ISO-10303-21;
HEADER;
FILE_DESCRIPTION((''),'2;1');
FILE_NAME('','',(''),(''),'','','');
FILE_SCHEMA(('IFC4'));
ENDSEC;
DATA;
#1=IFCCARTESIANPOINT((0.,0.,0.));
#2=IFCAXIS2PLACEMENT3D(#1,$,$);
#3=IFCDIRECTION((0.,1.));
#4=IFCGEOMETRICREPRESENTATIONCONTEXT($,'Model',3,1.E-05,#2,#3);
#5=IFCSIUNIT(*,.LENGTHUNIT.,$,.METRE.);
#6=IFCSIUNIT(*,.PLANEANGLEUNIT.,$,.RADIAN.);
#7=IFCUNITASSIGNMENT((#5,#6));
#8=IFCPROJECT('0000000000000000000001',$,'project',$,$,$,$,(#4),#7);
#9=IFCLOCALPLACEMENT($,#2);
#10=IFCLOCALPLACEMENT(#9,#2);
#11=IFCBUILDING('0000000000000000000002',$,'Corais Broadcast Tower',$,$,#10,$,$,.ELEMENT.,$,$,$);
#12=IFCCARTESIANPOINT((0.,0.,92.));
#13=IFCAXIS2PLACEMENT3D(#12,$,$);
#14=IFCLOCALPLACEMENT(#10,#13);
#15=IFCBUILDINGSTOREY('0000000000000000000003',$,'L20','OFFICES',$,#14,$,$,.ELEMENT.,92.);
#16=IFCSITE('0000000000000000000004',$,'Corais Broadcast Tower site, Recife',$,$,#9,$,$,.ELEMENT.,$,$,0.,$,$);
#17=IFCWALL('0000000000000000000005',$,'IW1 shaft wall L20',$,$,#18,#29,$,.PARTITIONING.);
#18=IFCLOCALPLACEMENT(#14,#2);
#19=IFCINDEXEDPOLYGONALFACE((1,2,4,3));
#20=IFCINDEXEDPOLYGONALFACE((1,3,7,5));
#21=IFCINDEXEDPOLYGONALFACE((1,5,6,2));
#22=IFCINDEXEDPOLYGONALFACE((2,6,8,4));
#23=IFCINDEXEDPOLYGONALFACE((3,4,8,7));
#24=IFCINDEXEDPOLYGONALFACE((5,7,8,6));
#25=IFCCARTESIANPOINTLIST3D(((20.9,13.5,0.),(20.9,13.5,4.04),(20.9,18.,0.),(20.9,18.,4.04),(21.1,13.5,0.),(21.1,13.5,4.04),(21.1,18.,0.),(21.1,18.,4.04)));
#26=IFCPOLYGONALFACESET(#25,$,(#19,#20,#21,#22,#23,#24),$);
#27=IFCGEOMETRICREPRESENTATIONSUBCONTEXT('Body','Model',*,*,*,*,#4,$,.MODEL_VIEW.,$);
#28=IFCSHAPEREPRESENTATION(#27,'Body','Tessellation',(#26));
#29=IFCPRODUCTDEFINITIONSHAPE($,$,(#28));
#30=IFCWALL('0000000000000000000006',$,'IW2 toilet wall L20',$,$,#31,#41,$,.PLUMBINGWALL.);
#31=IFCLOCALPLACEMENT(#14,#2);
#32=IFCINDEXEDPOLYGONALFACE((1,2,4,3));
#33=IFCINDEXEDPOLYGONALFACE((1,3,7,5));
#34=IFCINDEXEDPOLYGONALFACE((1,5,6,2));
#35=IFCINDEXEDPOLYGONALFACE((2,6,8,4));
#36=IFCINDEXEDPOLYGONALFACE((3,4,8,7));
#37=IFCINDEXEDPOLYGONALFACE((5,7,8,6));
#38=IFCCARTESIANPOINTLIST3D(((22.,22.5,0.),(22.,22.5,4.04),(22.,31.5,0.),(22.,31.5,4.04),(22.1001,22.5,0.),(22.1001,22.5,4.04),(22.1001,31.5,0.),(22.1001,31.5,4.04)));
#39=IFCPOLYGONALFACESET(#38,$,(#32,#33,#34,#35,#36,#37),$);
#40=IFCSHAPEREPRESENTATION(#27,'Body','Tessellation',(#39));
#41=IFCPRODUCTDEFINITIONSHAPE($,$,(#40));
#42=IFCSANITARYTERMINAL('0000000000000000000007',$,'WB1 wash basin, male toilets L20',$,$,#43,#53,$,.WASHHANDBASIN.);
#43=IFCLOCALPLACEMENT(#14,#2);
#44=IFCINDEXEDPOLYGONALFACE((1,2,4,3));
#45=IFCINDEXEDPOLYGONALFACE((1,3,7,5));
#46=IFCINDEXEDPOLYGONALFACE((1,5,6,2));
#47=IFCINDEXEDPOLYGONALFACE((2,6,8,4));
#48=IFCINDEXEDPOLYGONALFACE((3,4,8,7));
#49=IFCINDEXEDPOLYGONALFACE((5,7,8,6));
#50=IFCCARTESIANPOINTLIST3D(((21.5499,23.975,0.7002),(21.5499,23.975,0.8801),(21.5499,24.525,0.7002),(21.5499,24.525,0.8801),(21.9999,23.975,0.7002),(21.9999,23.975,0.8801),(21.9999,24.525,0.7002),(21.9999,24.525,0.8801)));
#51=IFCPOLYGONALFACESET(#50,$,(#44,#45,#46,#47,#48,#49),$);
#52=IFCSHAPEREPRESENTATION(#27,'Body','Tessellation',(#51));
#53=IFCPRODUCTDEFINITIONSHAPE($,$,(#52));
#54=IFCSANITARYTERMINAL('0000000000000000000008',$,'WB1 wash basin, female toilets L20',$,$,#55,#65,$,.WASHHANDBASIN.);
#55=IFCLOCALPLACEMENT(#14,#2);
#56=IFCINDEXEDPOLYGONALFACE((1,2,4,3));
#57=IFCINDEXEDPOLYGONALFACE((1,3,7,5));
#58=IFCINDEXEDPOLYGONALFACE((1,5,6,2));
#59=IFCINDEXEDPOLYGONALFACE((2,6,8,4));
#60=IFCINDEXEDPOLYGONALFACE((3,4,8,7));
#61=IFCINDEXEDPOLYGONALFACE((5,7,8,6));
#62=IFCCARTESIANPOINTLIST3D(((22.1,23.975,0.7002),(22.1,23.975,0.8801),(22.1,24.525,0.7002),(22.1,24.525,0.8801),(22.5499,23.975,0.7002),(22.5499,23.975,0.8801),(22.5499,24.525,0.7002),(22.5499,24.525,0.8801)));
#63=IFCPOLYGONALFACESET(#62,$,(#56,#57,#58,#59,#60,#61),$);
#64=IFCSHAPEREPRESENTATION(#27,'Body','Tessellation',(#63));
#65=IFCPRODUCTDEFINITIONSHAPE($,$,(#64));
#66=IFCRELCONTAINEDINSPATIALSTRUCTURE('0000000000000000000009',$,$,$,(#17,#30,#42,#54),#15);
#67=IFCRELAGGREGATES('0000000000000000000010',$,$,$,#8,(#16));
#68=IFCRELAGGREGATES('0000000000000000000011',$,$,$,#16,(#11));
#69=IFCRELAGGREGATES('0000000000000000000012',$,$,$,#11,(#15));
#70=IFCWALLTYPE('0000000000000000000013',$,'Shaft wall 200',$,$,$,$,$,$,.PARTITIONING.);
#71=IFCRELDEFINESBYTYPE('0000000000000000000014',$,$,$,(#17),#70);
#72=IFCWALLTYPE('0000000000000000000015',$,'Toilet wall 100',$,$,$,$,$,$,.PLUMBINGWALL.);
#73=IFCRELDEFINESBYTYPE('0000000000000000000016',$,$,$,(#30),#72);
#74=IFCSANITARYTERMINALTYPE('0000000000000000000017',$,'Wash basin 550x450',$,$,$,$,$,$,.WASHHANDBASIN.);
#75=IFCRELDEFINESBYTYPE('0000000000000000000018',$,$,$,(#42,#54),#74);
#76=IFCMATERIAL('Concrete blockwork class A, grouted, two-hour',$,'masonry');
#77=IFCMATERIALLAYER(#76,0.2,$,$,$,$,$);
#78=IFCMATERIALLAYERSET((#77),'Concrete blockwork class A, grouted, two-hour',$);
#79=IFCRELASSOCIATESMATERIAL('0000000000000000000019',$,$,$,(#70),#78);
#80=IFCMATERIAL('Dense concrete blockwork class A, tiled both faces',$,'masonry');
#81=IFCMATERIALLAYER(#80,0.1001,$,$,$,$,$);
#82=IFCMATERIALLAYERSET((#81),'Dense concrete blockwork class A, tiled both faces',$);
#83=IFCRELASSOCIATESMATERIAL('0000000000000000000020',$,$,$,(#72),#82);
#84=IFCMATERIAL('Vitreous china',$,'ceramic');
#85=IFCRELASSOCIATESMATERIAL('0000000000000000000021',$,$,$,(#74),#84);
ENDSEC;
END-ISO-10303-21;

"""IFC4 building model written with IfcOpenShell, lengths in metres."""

from ifc_helpers import new_model, si_unit, direction, frame, frame_2d, origin, origin_2d, place, context, subcontext, project, spatial, rectangle, extrude, material, layer, layer_set, type_object, element, save


model = new_model("IFC4")

# Units and contexts
model_context = context("Model", 3, precision=1e-05, world=origin(), true_north=direction((0.0, 1.0)))
body_context = subcontext(model_context, "Body", "Model", "MODEL_VIEW")
ifc_project = project(units=[si_unit("LENGTHUNIT", "METRE"), si_unit("PLANEANGLEUNIT", "RADIAN")], contexts=[model_context])

# Site, building, storey
site_placement = place(None, origin())
site = spatial("IfcSite", under=ifc_project, at=site_placement, Name="Corais Broadcast Tower site, Recife", CompositionType="ELEMENT", RefElevation=0.0)
building_placement = place(site_placement, origin())
building = spatial("IfcBuilding", under=site, at=building_placement, Name="Corais Broadcast Tower", CompositionType="ELEMENT")
storey_placement = place(building_placement, frame((0.0, 0.0, 92.0)))
storey = spatial("IfcBuildingStorey", under=building, at=storey_placement, Name="L20", Description="OFFICES", CompositionType="ELEMENT", Elevation=92.0)

# Walls
ifc_material_1 = material(Name="Concrete blockwork class A, grouted, two-hour", Category="masonry")
ifc_layer_1 = layer(ifc_material_1, 0.2)
ifc_layer_set_1 = layer_set([ifc_layer_1], Name="Concrete blockwork class A, grouted, two-hour")
wall_type_1 = type_object("IfcWallType", Name="Shaft wall 200", PredefinedType="PARTITIONING", material=ifc_layer_set_1)
wall_1_placement = place(storey_placement, frame((21.0, 13.5, 0.0), z_axis=(0.0, 0.0, 1.0), x_axis=(0.0, 1.0, 0.0)))
element("IfcWall", 1, at=wall_1_placement, inside=storey, type_object=wall_type_1, Name="IW1 shaft wall L20", PredefinedType="PARTITIONING", context=body_context, shape_type="SweptSolid", body=[
    extrude(rectangle(XDim=4.5, YDim=0.2, at=frame_2d((2.25, 0.0))), origin(), (0.0, 0.0, 1.0), 4.04),
])
ifc_material_2 = material(Name="Dense concrete blockwork class A, tiled both faces", Category="masonry")
ifc_layer_2 = layer(ifc_material_2, 0.1001)
ifc_layer_set_2 = layer_set([ifc_layer_2], Name="Dense concrete blockwork class A, tiled both faces")
wall_type_2 = type_object("IfcWallType", Name="Toilet wall 100", PredefinedType="PLUMBINGWALL", material=ifc_layer_set_2)
wall_2_placement = place(storey_placement, frame((22.05, 22.5, 0.0), z_axis=(0.0, 0.0, 1.0), x_axis=(0.0, 1.0, 0.0)))
element("IfcWall", 2, at=wall_2_placement, inside=storey, type_object=wall_type_2, Name="IW2 toilet wall L20", PredefinedType="PLUMBINGWALL", context=body_context, shape_type="SweptSolid", body=[
    extrude(rectangle(XDim=9.0, YDim=0.1001, at=frame_2d((4.5, 0.0))), origin(), (0.0, 0.0, 1.0), 4.04),
])

# Sanitary terminals
ifc_material_3 = material(Name="Vitreous china", Category="ceramic")
sanitary_terminal_type = type_object("IfcSanitaryTerminalType", Name="Wash basin 550x450", PredefinedType="WASHHANDBASIN", material=ifc_material_3)
for number, where, z_axis, x_axis, name in (
    (3, (21.7749, 24.25, 0.7002), (0.0, 0.0, 1.0), (1.0, 0.0, 0.0), "WB1 wash basin, male toilets L20"),
    (4, (22.325, 24.25, 0.7002), (0.0, 0.0, 1.0), (1.0, 0.0, 0.0), "WB1 wash basin, female toilets L20"),
):
    element("IfcSanitaryTerminal", number, at=place(storey_placement, frame(where, z_axis=z_axis, x_axis=x_axis)), inside=storey, type_object=sanitary_terminal_type, Name=name, PredefinedType="WASHHANDBASIN", context=body_context, shape_type="SweptSolid", body=[
        extrude(rectangle(XDim=0.45, YDim=0.55, at=origin_2d()), origin(), (0.0, 0.0, 1.0), 0.1799),
    ])

save(model, "model.ifc")
